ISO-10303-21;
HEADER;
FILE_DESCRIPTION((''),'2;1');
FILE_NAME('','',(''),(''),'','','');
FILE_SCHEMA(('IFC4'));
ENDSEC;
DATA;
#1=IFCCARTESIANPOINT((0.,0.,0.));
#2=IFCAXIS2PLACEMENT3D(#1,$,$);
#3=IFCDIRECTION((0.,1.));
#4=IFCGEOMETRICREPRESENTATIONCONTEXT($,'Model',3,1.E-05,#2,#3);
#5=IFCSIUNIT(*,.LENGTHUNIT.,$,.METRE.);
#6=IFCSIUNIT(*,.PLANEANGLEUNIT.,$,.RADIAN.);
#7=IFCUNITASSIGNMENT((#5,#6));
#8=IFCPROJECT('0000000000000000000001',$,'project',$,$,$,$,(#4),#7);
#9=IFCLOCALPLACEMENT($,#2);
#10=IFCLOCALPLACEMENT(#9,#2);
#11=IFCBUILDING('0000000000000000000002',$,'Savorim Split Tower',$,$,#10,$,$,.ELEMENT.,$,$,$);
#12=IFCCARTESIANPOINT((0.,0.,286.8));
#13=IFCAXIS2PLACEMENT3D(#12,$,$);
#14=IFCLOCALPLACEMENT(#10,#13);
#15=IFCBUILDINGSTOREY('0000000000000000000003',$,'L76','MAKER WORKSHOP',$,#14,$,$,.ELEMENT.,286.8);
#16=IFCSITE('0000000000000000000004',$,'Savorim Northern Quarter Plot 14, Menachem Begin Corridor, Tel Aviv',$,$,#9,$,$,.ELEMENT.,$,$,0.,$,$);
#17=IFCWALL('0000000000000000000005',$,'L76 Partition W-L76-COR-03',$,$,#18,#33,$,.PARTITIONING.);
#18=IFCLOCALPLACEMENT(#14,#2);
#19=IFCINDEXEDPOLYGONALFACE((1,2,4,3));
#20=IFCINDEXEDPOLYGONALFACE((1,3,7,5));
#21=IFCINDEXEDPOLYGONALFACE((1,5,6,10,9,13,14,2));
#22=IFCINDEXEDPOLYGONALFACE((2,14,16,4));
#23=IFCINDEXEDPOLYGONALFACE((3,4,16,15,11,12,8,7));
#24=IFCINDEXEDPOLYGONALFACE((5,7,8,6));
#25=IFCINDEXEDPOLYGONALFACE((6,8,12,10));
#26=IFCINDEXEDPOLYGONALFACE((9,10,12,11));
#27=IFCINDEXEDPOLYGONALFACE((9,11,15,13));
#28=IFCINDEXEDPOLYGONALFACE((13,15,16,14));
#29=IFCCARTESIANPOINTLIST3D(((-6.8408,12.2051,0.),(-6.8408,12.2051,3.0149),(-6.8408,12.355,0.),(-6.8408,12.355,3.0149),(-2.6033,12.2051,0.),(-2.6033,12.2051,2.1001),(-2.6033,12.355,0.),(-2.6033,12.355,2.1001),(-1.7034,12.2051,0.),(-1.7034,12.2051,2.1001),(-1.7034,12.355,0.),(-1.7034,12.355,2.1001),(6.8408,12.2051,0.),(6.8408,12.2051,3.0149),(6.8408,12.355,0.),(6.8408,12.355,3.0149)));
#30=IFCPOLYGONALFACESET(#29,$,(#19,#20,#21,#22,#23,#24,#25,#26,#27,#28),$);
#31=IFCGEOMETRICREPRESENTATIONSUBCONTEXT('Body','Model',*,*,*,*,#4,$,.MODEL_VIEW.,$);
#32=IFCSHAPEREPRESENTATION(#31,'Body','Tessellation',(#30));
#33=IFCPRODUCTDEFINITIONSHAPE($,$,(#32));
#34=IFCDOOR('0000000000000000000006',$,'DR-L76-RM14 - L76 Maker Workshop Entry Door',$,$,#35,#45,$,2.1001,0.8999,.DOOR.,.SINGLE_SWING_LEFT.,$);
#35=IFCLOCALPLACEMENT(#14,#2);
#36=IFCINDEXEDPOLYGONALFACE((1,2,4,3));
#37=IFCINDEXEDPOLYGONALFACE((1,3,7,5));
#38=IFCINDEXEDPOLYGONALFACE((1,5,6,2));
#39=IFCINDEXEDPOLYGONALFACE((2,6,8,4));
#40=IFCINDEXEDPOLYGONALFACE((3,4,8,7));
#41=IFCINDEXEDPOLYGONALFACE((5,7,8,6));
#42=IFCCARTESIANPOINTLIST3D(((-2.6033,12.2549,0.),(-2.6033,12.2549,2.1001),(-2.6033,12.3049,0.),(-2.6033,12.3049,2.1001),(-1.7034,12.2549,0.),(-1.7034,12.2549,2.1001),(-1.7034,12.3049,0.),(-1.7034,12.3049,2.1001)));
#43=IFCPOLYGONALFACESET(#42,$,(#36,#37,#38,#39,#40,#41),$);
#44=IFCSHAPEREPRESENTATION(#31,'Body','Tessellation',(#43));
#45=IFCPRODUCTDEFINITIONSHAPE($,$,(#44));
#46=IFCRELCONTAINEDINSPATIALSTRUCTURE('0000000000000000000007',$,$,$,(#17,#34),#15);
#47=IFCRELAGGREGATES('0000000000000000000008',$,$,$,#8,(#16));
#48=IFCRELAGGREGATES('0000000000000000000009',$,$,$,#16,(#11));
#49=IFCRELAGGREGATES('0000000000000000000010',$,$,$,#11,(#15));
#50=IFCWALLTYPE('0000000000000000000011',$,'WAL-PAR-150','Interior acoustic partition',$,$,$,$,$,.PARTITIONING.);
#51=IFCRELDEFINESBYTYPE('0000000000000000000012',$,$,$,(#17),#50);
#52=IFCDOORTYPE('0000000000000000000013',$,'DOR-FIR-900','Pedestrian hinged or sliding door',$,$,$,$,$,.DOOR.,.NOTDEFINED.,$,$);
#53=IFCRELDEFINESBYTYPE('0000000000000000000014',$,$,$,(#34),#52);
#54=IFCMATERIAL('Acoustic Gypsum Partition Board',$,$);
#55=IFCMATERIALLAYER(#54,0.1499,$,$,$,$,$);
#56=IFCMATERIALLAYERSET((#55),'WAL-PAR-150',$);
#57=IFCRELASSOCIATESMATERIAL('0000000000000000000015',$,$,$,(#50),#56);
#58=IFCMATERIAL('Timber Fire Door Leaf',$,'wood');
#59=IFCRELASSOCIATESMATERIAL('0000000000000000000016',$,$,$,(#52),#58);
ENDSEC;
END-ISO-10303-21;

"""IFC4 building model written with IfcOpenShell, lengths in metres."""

from ifc_helpers import new_model, si_unit, direction, frame, frame_2d, origin, place, context, subcontext, project, spatial, rectangle, extrude, material, layer, layer_set, type_object, element, fill, save


model = new_model("IFC4")

# Units and contexts
model_context = context("Model", 3, precision=1e-05, world=origin(), true_north=direction((0.0, 1.0)))
body_context = subcontext(model_context, "Body", "Model", "MODEL_VIEW")
ifc_project = project(units=[si_unit("LENGTHUNIT", "METRE"), si_unit("PLANEANGLEUNIT", "RADIAN")], contexts=[model_context])

# Site, building, storey
site_placement = place(None, origin())
site = spatial("IfcSite", under=ifc_project, at=site_placement, Name="Savorim Northern Quarter Plot 14, Menachem Begin Corridor, Tel Aviv", CompositionType="ELEMENT", RefElevation=0.0)
building_placement = place(site_placement, origin())
building = spatial("IfcBuilding", under=site, at=building_placement, Name="Savorim Split Tower", CompositionType="ELEMENT")
storey_placement = place(building_placement, frame((0.0, 0.0, 286.8)))
storey = spatial("IfcBuildingStorey", under=building, at=storey_placement, Name="L76", Description="MAKER WORKSHOP", CompositionType="ELEMENT", Elevation=286.8)

# Shared definitions
ifc_material_1 = material(Name="Acoustic Gypsum Partition Board")
ifc_layer_1 = layer(ifc_material_1, 0.1499)
ifc_layer_set_1 = layer_set([ifc_layer_1], Name="WAL-PAR-150")
wall_type_1 = type_object("IfcWallType", Name="WAL-PAR-150", Description="Interior acoustic partition", PredefinedType="PARTITIONING", material=ifc_layer_set_1)

# Wall, opening, door
wall_1_placement = place(storey_placement, frame((-6.8408, 12.28, 0.0), z_axis=(0.0, 0.0, 1.0), x_axis=(1.0, 0.0, 0.0)))
wall_1 = element("IfcWall", 1, at=wall_1_placement, inside=storey, type_object=wall_type_1, Name="L76 Partition W-L76-COR-03", PredefinedType="PARTITIONING", context=body_context, shape_type="SweptSolid", body=[
    extrude(rectangle(XDim=13.6816, YDim=0.1499, at=frame_2d((6.8408, 0.0))), origin(), (0.0, 0.0, 1.0), 3.0149),
])
opening_1_placement = place(wall_1_placement, frame((4.2375, 0.0, 0.0)))
opening_1 = element("IfcOpeningElement", 2, at=opening_1_placement, cuts=wall_1, PredefinedType="OPENING", context=body_context, shape_type="SweptSolid", body=[
    extrude(rectangle(XDim=0.8999, YDim=2.1001, at=frame_2d((0.45, 1.05))), frame((0.0, 0.085, 0.0), z_axis=(0.0, -1.0, 0.0), x_axis=(1.0, 0.0, 0.0)), (0.0, 0.0, 1.0), 0.1699),
])
ifc_material_2 = material(Name="Timber Fire Door Leaf", Category="wood")
door_type_1 = type_object("IfcDoorType", Name="DOR-FIR-900", Description="Pedestrian hinged or sliding door", OperationType="NOTDEFINED", PredefinedType="DOOR", material=ifc_material_2)
door_1_placement = place(opening_1_placement, origin())
door_1 = element("IfcDoor", 3, at=door_1_placement, inside=storey, type_object=door_type_1, Name="DR-L76-RM14 - L76 Maker Workshop Entry Door", OperationType="SINGLE_SWING_LEFT", OverallHeight=2.1001, OverallWidth=0.8999, PredefinedType="DOOR", context=body_context, shape_type="SweptSolid", body=[
    extrude(rectangle(XDim=0.8999, YDim=2.1001, at=frame_2d((0.45, 1.05))), frame((0.0, 0.0249, 0.0), z_axis=(0.0, -1.0, 0.0), x_axis=(1.0, 0.0, 0.0)), (0.0, 0.0, 1.0), 0.05),
])
fill(opening_1, door_1)

save(model, "model.ifc")
